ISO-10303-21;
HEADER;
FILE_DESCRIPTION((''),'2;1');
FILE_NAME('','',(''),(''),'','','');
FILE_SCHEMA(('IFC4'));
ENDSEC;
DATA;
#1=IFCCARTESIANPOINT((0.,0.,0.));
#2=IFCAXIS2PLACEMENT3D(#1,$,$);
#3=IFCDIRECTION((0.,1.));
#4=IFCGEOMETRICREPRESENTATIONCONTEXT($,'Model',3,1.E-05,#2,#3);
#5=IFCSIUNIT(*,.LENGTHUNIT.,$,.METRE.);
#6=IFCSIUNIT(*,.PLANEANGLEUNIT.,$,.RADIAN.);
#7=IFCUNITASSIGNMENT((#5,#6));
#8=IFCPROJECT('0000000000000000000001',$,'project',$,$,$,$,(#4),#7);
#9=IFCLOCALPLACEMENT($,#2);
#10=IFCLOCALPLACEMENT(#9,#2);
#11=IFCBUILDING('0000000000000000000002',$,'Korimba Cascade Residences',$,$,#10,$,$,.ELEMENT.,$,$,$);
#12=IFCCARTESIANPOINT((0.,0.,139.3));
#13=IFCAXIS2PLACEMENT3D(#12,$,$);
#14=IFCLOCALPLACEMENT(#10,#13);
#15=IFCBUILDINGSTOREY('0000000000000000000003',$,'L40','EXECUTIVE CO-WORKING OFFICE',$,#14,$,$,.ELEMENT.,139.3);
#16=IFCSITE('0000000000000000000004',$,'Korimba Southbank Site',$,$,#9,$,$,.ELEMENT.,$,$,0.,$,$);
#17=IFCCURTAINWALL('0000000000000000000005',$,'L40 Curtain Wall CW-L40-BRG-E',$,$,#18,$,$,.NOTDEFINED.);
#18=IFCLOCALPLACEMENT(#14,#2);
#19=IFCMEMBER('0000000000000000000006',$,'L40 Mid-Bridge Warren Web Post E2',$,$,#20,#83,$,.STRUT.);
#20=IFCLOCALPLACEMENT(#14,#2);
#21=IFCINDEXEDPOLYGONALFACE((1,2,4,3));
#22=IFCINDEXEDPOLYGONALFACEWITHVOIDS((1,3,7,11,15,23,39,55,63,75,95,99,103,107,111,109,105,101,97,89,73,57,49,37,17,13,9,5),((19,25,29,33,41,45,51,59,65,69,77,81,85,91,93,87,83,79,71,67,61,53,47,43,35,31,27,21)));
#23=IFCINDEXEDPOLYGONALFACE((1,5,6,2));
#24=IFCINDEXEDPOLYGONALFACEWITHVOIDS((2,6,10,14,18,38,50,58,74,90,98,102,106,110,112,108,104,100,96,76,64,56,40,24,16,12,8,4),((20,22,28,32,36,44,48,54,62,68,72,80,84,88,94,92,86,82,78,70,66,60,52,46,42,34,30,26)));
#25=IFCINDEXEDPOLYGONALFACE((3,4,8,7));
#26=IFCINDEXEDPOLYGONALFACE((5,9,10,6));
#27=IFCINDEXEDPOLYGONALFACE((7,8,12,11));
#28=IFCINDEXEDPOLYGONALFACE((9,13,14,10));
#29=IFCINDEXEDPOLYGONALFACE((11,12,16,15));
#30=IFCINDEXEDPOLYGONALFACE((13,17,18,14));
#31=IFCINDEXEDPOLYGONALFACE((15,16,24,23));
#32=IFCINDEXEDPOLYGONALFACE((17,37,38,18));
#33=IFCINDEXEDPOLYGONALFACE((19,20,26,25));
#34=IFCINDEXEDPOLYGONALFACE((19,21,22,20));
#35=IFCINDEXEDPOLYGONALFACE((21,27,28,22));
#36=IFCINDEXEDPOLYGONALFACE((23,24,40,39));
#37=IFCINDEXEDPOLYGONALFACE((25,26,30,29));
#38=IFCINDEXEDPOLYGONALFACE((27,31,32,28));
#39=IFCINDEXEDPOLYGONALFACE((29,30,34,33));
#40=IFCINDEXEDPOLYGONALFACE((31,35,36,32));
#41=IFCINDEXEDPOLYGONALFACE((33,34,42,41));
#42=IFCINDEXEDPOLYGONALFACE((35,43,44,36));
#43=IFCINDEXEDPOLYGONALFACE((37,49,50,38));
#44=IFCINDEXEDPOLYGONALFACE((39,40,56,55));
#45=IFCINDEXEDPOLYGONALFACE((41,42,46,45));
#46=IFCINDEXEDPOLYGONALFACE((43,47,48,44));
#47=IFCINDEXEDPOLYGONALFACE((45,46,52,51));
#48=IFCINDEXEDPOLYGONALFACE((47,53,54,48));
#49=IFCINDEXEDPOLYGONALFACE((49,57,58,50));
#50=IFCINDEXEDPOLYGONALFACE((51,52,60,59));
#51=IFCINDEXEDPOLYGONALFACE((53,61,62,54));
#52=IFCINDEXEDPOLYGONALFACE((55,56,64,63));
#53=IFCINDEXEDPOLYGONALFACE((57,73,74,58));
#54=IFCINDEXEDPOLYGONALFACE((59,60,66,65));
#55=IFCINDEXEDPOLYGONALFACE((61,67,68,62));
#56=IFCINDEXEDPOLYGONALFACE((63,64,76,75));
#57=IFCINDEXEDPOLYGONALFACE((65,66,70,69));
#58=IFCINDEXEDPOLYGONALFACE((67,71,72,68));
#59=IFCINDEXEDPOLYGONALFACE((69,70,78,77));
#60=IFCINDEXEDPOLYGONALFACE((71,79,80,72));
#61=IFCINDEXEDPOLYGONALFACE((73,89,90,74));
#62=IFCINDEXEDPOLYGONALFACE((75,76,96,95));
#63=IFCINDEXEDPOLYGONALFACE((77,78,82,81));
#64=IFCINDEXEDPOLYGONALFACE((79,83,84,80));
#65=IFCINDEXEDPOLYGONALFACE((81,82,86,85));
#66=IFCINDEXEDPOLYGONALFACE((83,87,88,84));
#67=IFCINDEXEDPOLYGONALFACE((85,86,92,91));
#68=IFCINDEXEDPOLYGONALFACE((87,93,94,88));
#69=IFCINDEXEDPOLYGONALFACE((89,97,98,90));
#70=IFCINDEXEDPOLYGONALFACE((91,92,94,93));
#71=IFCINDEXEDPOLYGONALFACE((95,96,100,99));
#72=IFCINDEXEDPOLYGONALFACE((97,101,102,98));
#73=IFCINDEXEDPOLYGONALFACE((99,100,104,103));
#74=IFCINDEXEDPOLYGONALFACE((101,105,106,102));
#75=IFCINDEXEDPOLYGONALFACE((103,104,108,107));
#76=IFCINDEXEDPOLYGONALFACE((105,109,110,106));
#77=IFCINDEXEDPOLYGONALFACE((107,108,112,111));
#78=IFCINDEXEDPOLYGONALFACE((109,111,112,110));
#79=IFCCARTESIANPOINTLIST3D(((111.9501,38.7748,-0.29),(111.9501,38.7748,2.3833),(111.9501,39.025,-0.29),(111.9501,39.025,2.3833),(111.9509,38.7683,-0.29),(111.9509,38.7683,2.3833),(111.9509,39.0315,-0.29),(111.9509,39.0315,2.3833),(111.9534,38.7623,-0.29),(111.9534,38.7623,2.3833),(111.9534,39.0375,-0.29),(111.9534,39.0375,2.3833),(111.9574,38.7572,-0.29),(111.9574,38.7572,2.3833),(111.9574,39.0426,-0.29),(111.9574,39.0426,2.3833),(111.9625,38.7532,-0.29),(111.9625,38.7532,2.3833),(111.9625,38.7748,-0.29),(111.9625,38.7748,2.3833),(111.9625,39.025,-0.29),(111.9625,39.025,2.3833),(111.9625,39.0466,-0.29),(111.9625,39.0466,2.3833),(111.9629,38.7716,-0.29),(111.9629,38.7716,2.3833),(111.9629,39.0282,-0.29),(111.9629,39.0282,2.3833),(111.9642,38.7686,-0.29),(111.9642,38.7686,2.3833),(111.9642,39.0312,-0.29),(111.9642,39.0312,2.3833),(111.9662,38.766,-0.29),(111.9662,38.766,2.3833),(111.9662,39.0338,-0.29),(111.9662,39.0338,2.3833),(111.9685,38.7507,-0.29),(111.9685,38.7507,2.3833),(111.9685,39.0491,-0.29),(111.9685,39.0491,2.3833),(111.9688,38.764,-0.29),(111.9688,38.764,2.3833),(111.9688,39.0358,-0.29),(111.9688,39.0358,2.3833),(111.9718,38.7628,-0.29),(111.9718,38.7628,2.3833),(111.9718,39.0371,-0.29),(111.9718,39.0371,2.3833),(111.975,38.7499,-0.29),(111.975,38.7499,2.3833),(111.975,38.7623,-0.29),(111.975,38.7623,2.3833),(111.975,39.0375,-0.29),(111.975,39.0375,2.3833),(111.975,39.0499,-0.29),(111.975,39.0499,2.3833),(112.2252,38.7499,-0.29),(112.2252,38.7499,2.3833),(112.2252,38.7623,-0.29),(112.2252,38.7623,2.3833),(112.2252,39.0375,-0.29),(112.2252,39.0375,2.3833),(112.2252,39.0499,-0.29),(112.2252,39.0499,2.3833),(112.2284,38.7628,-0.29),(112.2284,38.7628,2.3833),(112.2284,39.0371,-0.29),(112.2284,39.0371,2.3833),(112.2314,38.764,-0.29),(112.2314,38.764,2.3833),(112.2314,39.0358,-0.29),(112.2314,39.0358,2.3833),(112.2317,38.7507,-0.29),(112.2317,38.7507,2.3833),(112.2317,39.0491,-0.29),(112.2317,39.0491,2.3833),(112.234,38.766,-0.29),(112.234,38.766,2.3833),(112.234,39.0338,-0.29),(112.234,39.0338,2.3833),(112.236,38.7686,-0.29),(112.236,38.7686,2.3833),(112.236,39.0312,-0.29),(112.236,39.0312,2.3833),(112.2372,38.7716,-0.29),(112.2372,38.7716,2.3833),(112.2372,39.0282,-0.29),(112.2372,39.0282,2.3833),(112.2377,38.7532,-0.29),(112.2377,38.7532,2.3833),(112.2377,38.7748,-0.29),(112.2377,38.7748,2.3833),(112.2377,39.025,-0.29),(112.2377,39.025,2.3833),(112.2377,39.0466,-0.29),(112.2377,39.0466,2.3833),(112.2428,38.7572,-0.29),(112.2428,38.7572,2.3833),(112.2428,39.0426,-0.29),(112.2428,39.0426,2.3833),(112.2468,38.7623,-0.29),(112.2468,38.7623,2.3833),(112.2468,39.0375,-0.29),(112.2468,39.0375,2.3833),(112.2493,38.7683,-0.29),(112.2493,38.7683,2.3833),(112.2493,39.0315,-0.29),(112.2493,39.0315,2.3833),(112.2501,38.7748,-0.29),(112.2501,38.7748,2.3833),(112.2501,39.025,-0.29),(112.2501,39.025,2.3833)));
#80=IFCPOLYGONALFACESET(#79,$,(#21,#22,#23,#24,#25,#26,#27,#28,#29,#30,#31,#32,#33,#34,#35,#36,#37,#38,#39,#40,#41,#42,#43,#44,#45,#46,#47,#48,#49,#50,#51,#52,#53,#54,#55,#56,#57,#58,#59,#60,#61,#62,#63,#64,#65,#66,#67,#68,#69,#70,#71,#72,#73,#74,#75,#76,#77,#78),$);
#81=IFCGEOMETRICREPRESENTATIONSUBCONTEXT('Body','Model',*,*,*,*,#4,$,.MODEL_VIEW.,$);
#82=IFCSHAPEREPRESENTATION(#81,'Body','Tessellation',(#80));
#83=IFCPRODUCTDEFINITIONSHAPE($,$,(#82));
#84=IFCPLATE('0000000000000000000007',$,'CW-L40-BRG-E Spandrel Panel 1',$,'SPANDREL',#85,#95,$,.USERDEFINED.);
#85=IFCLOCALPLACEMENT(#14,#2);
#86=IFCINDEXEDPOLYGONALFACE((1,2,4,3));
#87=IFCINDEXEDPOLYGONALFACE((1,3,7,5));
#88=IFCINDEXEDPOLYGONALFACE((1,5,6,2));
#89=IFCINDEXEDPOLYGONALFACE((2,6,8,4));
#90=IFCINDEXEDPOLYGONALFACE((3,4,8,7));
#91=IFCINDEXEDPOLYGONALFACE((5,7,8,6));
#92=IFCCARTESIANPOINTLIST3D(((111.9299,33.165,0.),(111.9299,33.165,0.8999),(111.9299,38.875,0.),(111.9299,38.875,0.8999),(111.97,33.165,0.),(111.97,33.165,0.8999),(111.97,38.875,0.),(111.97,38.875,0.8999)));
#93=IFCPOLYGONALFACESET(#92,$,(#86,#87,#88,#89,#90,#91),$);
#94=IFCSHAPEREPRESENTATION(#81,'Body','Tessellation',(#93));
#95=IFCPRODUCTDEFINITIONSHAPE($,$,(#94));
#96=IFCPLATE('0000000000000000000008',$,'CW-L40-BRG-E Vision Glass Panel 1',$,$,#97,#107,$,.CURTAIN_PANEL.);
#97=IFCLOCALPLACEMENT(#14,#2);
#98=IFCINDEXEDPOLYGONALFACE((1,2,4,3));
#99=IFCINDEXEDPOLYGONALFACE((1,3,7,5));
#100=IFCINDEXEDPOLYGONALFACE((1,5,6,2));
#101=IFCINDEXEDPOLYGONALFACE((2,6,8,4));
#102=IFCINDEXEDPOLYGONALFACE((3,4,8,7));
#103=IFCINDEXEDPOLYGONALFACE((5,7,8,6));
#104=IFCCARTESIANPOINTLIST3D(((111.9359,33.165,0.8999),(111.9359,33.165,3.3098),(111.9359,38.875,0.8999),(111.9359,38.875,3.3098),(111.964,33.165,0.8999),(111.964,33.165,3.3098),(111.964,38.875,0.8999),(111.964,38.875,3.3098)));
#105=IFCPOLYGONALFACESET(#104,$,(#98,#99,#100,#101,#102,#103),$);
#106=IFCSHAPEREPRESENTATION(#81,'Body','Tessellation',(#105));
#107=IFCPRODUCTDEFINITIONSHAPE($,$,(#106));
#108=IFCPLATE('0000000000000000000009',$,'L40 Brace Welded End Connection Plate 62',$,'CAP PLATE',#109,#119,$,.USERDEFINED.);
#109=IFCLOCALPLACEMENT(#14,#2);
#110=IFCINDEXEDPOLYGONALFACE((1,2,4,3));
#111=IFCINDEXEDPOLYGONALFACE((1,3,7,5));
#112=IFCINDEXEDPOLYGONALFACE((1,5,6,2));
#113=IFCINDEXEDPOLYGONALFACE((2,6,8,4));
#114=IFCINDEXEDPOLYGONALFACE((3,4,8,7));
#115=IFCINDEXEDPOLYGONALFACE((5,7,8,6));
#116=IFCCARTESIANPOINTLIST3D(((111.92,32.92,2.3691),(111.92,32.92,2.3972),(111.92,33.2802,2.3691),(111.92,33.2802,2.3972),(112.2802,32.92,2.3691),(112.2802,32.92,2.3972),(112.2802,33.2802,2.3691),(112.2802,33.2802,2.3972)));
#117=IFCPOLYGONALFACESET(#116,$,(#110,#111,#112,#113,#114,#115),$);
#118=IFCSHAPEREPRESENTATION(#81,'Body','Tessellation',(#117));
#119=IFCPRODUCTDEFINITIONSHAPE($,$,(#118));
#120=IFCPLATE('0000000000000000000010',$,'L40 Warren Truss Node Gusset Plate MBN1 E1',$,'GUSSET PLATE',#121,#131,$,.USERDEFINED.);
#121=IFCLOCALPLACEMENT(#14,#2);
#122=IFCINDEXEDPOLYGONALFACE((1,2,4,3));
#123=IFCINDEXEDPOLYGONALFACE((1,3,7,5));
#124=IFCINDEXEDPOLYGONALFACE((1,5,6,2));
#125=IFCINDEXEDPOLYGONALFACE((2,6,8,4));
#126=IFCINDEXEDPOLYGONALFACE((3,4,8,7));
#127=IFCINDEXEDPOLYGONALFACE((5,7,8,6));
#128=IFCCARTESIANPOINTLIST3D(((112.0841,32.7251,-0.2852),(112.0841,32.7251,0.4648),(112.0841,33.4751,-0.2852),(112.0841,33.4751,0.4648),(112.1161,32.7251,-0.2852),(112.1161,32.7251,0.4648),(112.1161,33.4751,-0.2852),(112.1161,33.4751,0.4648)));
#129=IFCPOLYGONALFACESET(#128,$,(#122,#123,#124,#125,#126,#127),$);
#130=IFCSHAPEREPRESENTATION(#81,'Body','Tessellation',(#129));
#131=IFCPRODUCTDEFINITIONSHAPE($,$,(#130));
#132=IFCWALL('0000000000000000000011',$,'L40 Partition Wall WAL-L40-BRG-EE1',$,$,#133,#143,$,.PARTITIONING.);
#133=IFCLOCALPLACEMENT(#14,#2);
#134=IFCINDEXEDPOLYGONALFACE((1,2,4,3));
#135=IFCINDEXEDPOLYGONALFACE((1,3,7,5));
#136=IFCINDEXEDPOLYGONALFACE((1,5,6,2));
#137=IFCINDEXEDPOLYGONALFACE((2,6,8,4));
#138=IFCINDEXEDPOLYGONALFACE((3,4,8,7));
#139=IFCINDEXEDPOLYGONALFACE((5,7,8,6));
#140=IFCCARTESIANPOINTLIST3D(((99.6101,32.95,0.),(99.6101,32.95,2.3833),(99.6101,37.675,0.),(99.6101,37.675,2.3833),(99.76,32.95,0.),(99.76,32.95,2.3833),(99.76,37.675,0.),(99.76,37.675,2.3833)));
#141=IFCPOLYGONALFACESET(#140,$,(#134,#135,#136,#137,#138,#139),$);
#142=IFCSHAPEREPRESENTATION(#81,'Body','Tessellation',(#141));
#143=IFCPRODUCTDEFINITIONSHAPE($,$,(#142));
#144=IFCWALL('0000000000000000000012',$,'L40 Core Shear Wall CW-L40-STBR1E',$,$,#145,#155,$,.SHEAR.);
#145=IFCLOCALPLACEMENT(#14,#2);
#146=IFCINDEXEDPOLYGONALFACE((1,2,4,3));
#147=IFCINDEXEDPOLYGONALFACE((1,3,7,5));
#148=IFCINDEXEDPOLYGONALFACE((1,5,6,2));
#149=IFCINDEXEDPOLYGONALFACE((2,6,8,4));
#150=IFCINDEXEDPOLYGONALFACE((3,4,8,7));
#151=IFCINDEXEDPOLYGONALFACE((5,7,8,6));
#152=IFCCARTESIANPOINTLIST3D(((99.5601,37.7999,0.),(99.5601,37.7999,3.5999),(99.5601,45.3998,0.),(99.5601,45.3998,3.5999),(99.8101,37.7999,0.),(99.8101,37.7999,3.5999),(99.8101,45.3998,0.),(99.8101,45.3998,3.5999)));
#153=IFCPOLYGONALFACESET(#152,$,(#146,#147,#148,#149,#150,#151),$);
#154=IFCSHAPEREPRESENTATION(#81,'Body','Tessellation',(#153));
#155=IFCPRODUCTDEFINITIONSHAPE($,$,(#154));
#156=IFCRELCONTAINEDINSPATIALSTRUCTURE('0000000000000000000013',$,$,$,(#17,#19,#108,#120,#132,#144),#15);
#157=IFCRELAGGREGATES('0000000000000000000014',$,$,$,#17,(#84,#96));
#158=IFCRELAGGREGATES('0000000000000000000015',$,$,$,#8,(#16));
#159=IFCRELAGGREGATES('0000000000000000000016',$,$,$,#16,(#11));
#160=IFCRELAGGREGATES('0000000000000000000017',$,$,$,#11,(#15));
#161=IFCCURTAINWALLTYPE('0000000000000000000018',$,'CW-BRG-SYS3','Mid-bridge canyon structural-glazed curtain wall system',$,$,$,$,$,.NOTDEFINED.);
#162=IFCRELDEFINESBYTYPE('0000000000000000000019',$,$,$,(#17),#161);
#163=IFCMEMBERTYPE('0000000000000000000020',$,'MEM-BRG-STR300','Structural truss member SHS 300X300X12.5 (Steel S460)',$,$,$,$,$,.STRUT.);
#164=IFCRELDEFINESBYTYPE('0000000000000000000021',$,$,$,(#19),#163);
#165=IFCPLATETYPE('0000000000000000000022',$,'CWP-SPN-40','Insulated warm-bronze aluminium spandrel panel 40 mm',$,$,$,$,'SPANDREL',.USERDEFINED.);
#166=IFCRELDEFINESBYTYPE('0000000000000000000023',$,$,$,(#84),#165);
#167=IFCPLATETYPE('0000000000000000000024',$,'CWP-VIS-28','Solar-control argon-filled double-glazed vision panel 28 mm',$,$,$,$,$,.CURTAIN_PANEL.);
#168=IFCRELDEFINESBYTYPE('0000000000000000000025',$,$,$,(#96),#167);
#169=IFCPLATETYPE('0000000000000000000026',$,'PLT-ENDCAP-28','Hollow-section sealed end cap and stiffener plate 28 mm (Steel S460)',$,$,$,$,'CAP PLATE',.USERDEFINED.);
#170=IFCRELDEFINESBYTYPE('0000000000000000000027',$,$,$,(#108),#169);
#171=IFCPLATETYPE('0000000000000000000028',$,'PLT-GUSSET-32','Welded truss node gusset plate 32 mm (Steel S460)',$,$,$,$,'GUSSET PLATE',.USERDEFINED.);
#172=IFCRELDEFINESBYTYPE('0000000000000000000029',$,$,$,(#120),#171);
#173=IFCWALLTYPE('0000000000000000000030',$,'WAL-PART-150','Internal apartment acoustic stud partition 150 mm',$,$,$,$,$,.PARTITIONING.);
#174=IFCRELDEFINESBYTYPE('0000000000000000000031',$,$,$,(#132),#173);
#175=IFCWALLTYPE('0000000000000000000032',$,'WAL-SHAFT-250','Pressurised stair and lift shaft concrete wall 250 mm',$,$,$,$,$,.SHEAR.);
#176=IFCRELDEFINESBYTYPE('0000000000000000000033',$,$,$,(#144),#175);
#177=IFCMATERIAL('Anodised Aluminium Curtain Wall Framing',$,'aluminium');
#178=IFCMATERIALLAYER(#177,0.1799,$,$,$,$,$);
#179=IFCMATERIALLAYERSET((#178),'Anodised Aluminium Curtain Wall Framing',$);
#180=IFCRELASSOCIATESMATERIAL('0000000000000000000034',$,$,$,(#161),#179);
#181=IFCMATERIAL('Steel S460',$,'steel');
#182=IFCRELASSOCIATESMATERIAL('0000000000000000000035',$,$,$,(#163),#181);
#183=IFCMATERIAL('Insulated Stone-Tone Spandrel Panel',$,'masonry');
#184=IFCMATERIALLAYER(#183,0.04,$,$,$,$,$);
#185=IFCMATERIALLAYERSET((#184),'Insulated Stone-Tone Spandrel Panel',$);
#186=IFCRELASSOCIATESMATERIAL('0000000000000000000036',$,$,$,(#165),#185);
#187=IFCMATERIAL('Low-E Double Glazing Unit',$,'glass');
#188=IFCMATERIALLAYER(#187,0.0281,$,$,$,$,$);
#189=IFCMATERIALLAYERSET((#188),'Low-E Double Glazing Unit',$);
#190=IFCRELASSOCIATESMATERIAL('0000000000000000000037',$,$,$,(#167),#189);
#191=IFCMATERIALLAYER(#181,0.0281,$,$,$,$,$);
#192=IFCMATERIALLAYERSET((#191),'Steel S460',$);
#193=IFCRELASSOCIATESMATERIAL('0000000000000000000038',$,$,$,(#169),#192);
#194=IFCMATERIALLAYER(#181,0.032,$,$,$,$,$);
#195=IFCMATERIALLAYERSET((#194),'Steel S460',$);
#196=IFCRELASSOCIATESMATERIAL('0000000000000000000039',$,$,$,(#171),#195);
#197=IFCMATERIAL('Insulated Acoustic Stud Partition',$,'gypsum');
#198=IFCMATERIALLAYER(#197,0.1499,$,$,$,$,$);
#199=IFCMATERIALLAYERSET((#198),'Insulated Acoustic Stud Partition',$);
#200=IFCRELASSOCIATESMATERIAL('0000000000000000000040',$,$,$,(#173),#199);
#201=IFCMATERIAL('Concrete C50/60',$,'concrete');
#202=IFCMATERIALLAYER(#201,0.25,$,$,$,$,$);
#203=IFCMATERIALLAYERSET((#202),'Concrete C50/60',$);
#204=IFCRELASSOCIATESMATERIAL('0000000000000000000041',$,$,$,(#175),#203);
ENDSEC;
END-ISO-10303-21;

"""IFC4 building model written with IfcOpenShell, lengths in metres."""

from ifc_helpers import new_model, si_unit, direction, frame, frame_2d, origin, origin_2d, place, context, subcontext, project, spatial, rectangle, hollow_rectangle, extrude, material, layer, layer_set, material_profile, profile_set, type_object, element, aggregate, save


model = new_model("IFC4")

# Units and contexts
model_context = context("Model", 3, precision=1e-05, world=origin(), true_north=direction((0.0, 1.0)))
body_context = subcontext(model_context, "Body", "Model", "MODEL_VIEW")
ifc_project = project(units=[si_unit("LENGTHUNIT", "METRE"), si_unit("PLANEANGLEUNIT", "RADIAN")], contexts=[model_context])

# Site, building, storey
site_placement = place(None, origin())
site = spatial("IfcSite", under=ifc_project, at=site_placement, Name="Korimba Southbank Site", CompositionType="ELEMENT", RefElevation=0.0)
building_placement = place(site_placement, origin())
building = spatial("IfcBuilding", under=site, at=building_placement, Name="Korimba Cascade Residences", CompositionType="ELEMENT")
storey_placement = place(building_placement, frame((0.0, 0.0, 139.3)))
storey = spatial("IfcBuildingStorey", under=building, at=storey_placement, Name="L40", Description="EXECUTIVE CO-WORKING OFFICE", CompositionType="ELEMENT", Elevation=139.3)

# Curtain wall
ifc_material_1 = material(Name="Anodised Aluminium Curtain Wall Framing", Category="aluminium")
ifc_layer_1 = layer(ifc_material_1, 0.1799)
ifc_layer_set_1 = layer_set([ifc_layer_1], Name="Anodised Aluminium Curtain Wall Framing")
curtain_wall_type = type_object("IfcCurtainWallType", Name="CW-BRG-SYS3", Description="Mid-bridge canyon structural-glazed curtain wall system", PredefinedType="NOTDEFINED", material=ifc_layer_set_1)
curtain_wall_placement = place(storey_placement, origin())
curtain_wall = element("IfcCurtainWall", 1, at=curtain_wall_placement, inside=storey, type_object=curtain_wall_type, Name="L40 Curtain Wall CW-L40-BRG-E", PredefinedType="NOTDEFINED")

# Member
ifc_material_2 = material(Name="Steel S460", Category="steel")
ifc_material_profile_1 = material_profile(ifc_material_2, hollow_rectangle(XDim=0.3, YDim=0.3, WallThickness=0.0125, InnerFilletRadius=0.0125, OuterFilletRadius=0.0249, at=origin_2d()), Name="Steel S460")
ifc_profile_set_1 = profile_set([ifc_material_profile_1], Name="Steel S460")
member_type_1 = type_object("IfcMemberType", Name="MEM-BRG-STR300", Description="Structural truss member SHS 300X300X12.5 (Steel S460)", PredefinedType="STRUT", material=ifc_profile_set_1)
for number, where, z_axis, x_axis, name in (
    (2, (112.1001, 38.8999, -0.29), (0.0, 0.0, 1.0), (1.0, 0.0, 0.0), "L40 Mid-Bridge Warren Web Post E2"),
):
    element("IfcMember", number, at=place(storey_placement, frame(where, z_axis=z_axis, x_axis=x_axis)), inside=storey, type_object=member_type_1, Name=name, PredefinedType="STRUT", context=body_context, shape_type="SweptSolid", body=[
        extrude(hollow_rectangle(XDim=0.3, YDim=0.3, WallThickness=0.0125, InnerFilletRadius=0.0125, OuterFilletRadius=0.0249, at=origin_2d()), origin(), (0.0, 0.0, 1.0), 2.6733),
    ])

# Plates
ifc_material_3 = material(Name="Insulated Stone-Tone Spandrel Panel", Category="masonry")
ifc_layer_2 = layer(ifc_material_3, 0.04)
ifc_layer_set_2 = layer_set([ifc_layer_2], Name="Insulated Stone-Tone Spandrel Panel")
plate_type_1 = type_object("IfcPlateType", Name="CWP-SPN-40", Description="Insulated warm-bronze aluminium spandrel panel 40 mm", ElementType="SPANDREL", PredefinedType="USERDEFINED", material=ifc_layer_set_2)
plate_1_placement = place(storey_placement, frame((111.95, 36.02, 0.0), z_axis=(0.0, 0.0, 1.0), x_axis=(0.0, 1.0, 0.0)))
plate_1 = element("IfcPlate", 3, at=plate_1_placement, type_object=plate_type_1, Name="CW-L40-BRG-E Spandrel Panel 1", ObjectType="SPANDREL", PredefinedType="USERDEFINED", context=body_context, shape_type="SweptSolid", body=[
    extrude(rectangle(XDim=5.71, YDim=0.04, at=origin_2d()), origin(), (0.0, 0.0, 1.0), 0.8999),
])
ifc_material_4 = material(Name="Low-E Double Glazing Unit", Category="glass")
ifc_layer_3 = layer(ifc_material_4, 0.0281)
ifc_layer_set_3 = layer_set([ifc_layer_3], Name="Low-E Double Glazing Unit")
plate_type_2 = type_object("IfcPlateType", Name="CWP-VIS-28", Description="Solar-control argon-filled double-glazed vision panel 28 mm", PredefinedType="CURTAIN_PANEL", material=ifc_layer_set_3)
plate_2_placement = place(storey_placement, frame((111.95, 36.02, 0.8999), z_axis=(0.0, 0.0, 1.0), x_axis=(0.0, 1.0, 0.0)))
plate_2 = element("IfcPlate", 4, at=plate_2_placement, type_object=plate_type_2, Name="CW-L40-BRG-E Vision Glass Panel 1", PredefinedType="CURTAIN_PANEL", context=body_context, shape_type="SweptSolid", body=[
    extrude(rectangle(XDim=5.71, YDim=0.0281, at=origin_2d()), origin(), (0.0, 0.0, 1.0), 2.4099),
])
aggregate(curtain_wall, [plate_1, plate_2])

# Plates
ifc_layer_4 = layer(ifc_material_2, 0.0281)
ifc_layer_set_4 = layer_set([ifc_layer_4], Name="Steel S460")
plate_type_3 = type_object("IfcPlateType", Name="PLT-ENDCAP-28", Description="Hollow-section sealed end cap and stiffener plate 28 mm (Steel S460)", ElementType="CAP PLATE", PredefinedType="USERDEFINED", material=ifc_layer_set_4)
plate_3_placement = place(storey_placement, frame((112.1001, 33.1001, 2.3691), z_axis=(0.0, 0.0, 1.0), x_axis=(1.0, 0.0, 0.0)))
element("IfcPlate", 5, at=plate_3_placement, inside=storey, type_object=plate_type_3, Name="L40 Brace Welded End Connection Plate 62", ObjectType="CAP PLATE", PredefinedType="USERDEFINED", context=body_context, shape_type="SweptSolid", body=[
    extrude(rectangle(XDim=0.3601, YDim=0.3601, at=origin_2d()), origin(), (0.0, 0.0, 1.0), 0.0281),
])
ifc_layer_5 = layer(ifc_material_2, 0.032)
ifc_layer_set_5 = layer_set([ifc_layer_5], Name="Steel S460")
plate_type_4 = type_object("IfcPlateType", Name="PLT-GUSSET-32", Description="Welded truss node gusset plate 32 mm (Steel S460)", ElementType="GUSSET PLATE", PredefinedType="USERDEFINED", material=ifc_layer_set_5)
plate_4_placement = place(storey_placement, frame((112.1001, 33.1001, -0.2852), z_axis=(0.0, 0.0, 1.0), x_axis=(1.0, 0.0, 0.0)))
element("IfcPlate", 6, at=plate_4_placement, inside=storey, type_object=plate_type_4, Name="L40 Warren Truss Node Gusset Plate MBN1 E1", ObjectType="GUSSET PLATE", PredefinedType="USERDEFINED", context=body_context, shape_type="SweptSolid", body=[
    extrude(rectangle(XDim=0.032, YDim=0.75, at=origin_2d()), origin(), (0.0, 0.0, 1.0), 0.75),
])

# Walls
ifc_material_5 = material(Name="Insulated Acoustic Stud Partition", Category="gypsum")
ifc_layer_6 = layer(ifc_material_5, 0.1499)
ifc_layer_set_6 = layer_set([ifc_layer_6], Name="Insulated Acoustic Stud Partition")
wall_type_1 = type_object("IfcWallType", Name="WAL-PART-150", Description="Internal apartment acoustic stud partition 150 mm", PredefinedType="PARTITIONING", material=ifc_layer_set_6)
wall_1_placement = place(storey_placement, frame((99.6851, 32.95, 0.0), z_axis=(0.0, 0.0, 1.0), x_axis=(0.0, 1.0, 0.0)))
element("IfcWall", 7, at=wall_1_placement, inside=storey, type_object=wall_type_1, Name="L40 Partition Wall WAL-L40-BRG-EE1", PredefinedType="PARTITIONING", context=body_context, shape_type="SweptSolid", body=[
    extrude(rectangle(XDim=4.7251, YDim=0.1499, at=frame_2d((2.3625, 0.0))), origin(), (0.0, 0.0, 1.0), 2.3833),
])
ifc_material_6 = material(Name="Concrete C50/60", Category="concrete")
ifc_layer_7 = layer(ifc_material_6, 0.25)
ifc_layer_set_7 = layer_set([ifc_layer_7], Name="Concrete C50/60")
wall_type_2 = type_object("IfcWallType", Name="WAL-SHAFT-250", Description="Pressurised stair and lift shaft concrete wall 250 mm", PredefinedType="SHEAR", material=ifc_layer_set_7)
wall_2_placement = place(storey_placement, frame((99.6851, 37.8, 0.0), z_axis=(0.0, 0.0, 1.0), x_axis=(0.0, 1.0, 0.0)))
element("IfcWall", 8, at=wall_2_placement, inside=storey, type_object=wall_type_2, Name="L40 Core Shear Wall CW-L40-STBR1E", PredefinedType="SHEAR", context=body_context, shape_type="SweptSolid", body=[
    extrude(rectangle(XDim=7.5999, YDim=0.25, at=frame_2d((3.7998, 0.0))), origin(), (0.0, 0.0, 1.0), 3.5999),
])

save(model, "model.ifc")
